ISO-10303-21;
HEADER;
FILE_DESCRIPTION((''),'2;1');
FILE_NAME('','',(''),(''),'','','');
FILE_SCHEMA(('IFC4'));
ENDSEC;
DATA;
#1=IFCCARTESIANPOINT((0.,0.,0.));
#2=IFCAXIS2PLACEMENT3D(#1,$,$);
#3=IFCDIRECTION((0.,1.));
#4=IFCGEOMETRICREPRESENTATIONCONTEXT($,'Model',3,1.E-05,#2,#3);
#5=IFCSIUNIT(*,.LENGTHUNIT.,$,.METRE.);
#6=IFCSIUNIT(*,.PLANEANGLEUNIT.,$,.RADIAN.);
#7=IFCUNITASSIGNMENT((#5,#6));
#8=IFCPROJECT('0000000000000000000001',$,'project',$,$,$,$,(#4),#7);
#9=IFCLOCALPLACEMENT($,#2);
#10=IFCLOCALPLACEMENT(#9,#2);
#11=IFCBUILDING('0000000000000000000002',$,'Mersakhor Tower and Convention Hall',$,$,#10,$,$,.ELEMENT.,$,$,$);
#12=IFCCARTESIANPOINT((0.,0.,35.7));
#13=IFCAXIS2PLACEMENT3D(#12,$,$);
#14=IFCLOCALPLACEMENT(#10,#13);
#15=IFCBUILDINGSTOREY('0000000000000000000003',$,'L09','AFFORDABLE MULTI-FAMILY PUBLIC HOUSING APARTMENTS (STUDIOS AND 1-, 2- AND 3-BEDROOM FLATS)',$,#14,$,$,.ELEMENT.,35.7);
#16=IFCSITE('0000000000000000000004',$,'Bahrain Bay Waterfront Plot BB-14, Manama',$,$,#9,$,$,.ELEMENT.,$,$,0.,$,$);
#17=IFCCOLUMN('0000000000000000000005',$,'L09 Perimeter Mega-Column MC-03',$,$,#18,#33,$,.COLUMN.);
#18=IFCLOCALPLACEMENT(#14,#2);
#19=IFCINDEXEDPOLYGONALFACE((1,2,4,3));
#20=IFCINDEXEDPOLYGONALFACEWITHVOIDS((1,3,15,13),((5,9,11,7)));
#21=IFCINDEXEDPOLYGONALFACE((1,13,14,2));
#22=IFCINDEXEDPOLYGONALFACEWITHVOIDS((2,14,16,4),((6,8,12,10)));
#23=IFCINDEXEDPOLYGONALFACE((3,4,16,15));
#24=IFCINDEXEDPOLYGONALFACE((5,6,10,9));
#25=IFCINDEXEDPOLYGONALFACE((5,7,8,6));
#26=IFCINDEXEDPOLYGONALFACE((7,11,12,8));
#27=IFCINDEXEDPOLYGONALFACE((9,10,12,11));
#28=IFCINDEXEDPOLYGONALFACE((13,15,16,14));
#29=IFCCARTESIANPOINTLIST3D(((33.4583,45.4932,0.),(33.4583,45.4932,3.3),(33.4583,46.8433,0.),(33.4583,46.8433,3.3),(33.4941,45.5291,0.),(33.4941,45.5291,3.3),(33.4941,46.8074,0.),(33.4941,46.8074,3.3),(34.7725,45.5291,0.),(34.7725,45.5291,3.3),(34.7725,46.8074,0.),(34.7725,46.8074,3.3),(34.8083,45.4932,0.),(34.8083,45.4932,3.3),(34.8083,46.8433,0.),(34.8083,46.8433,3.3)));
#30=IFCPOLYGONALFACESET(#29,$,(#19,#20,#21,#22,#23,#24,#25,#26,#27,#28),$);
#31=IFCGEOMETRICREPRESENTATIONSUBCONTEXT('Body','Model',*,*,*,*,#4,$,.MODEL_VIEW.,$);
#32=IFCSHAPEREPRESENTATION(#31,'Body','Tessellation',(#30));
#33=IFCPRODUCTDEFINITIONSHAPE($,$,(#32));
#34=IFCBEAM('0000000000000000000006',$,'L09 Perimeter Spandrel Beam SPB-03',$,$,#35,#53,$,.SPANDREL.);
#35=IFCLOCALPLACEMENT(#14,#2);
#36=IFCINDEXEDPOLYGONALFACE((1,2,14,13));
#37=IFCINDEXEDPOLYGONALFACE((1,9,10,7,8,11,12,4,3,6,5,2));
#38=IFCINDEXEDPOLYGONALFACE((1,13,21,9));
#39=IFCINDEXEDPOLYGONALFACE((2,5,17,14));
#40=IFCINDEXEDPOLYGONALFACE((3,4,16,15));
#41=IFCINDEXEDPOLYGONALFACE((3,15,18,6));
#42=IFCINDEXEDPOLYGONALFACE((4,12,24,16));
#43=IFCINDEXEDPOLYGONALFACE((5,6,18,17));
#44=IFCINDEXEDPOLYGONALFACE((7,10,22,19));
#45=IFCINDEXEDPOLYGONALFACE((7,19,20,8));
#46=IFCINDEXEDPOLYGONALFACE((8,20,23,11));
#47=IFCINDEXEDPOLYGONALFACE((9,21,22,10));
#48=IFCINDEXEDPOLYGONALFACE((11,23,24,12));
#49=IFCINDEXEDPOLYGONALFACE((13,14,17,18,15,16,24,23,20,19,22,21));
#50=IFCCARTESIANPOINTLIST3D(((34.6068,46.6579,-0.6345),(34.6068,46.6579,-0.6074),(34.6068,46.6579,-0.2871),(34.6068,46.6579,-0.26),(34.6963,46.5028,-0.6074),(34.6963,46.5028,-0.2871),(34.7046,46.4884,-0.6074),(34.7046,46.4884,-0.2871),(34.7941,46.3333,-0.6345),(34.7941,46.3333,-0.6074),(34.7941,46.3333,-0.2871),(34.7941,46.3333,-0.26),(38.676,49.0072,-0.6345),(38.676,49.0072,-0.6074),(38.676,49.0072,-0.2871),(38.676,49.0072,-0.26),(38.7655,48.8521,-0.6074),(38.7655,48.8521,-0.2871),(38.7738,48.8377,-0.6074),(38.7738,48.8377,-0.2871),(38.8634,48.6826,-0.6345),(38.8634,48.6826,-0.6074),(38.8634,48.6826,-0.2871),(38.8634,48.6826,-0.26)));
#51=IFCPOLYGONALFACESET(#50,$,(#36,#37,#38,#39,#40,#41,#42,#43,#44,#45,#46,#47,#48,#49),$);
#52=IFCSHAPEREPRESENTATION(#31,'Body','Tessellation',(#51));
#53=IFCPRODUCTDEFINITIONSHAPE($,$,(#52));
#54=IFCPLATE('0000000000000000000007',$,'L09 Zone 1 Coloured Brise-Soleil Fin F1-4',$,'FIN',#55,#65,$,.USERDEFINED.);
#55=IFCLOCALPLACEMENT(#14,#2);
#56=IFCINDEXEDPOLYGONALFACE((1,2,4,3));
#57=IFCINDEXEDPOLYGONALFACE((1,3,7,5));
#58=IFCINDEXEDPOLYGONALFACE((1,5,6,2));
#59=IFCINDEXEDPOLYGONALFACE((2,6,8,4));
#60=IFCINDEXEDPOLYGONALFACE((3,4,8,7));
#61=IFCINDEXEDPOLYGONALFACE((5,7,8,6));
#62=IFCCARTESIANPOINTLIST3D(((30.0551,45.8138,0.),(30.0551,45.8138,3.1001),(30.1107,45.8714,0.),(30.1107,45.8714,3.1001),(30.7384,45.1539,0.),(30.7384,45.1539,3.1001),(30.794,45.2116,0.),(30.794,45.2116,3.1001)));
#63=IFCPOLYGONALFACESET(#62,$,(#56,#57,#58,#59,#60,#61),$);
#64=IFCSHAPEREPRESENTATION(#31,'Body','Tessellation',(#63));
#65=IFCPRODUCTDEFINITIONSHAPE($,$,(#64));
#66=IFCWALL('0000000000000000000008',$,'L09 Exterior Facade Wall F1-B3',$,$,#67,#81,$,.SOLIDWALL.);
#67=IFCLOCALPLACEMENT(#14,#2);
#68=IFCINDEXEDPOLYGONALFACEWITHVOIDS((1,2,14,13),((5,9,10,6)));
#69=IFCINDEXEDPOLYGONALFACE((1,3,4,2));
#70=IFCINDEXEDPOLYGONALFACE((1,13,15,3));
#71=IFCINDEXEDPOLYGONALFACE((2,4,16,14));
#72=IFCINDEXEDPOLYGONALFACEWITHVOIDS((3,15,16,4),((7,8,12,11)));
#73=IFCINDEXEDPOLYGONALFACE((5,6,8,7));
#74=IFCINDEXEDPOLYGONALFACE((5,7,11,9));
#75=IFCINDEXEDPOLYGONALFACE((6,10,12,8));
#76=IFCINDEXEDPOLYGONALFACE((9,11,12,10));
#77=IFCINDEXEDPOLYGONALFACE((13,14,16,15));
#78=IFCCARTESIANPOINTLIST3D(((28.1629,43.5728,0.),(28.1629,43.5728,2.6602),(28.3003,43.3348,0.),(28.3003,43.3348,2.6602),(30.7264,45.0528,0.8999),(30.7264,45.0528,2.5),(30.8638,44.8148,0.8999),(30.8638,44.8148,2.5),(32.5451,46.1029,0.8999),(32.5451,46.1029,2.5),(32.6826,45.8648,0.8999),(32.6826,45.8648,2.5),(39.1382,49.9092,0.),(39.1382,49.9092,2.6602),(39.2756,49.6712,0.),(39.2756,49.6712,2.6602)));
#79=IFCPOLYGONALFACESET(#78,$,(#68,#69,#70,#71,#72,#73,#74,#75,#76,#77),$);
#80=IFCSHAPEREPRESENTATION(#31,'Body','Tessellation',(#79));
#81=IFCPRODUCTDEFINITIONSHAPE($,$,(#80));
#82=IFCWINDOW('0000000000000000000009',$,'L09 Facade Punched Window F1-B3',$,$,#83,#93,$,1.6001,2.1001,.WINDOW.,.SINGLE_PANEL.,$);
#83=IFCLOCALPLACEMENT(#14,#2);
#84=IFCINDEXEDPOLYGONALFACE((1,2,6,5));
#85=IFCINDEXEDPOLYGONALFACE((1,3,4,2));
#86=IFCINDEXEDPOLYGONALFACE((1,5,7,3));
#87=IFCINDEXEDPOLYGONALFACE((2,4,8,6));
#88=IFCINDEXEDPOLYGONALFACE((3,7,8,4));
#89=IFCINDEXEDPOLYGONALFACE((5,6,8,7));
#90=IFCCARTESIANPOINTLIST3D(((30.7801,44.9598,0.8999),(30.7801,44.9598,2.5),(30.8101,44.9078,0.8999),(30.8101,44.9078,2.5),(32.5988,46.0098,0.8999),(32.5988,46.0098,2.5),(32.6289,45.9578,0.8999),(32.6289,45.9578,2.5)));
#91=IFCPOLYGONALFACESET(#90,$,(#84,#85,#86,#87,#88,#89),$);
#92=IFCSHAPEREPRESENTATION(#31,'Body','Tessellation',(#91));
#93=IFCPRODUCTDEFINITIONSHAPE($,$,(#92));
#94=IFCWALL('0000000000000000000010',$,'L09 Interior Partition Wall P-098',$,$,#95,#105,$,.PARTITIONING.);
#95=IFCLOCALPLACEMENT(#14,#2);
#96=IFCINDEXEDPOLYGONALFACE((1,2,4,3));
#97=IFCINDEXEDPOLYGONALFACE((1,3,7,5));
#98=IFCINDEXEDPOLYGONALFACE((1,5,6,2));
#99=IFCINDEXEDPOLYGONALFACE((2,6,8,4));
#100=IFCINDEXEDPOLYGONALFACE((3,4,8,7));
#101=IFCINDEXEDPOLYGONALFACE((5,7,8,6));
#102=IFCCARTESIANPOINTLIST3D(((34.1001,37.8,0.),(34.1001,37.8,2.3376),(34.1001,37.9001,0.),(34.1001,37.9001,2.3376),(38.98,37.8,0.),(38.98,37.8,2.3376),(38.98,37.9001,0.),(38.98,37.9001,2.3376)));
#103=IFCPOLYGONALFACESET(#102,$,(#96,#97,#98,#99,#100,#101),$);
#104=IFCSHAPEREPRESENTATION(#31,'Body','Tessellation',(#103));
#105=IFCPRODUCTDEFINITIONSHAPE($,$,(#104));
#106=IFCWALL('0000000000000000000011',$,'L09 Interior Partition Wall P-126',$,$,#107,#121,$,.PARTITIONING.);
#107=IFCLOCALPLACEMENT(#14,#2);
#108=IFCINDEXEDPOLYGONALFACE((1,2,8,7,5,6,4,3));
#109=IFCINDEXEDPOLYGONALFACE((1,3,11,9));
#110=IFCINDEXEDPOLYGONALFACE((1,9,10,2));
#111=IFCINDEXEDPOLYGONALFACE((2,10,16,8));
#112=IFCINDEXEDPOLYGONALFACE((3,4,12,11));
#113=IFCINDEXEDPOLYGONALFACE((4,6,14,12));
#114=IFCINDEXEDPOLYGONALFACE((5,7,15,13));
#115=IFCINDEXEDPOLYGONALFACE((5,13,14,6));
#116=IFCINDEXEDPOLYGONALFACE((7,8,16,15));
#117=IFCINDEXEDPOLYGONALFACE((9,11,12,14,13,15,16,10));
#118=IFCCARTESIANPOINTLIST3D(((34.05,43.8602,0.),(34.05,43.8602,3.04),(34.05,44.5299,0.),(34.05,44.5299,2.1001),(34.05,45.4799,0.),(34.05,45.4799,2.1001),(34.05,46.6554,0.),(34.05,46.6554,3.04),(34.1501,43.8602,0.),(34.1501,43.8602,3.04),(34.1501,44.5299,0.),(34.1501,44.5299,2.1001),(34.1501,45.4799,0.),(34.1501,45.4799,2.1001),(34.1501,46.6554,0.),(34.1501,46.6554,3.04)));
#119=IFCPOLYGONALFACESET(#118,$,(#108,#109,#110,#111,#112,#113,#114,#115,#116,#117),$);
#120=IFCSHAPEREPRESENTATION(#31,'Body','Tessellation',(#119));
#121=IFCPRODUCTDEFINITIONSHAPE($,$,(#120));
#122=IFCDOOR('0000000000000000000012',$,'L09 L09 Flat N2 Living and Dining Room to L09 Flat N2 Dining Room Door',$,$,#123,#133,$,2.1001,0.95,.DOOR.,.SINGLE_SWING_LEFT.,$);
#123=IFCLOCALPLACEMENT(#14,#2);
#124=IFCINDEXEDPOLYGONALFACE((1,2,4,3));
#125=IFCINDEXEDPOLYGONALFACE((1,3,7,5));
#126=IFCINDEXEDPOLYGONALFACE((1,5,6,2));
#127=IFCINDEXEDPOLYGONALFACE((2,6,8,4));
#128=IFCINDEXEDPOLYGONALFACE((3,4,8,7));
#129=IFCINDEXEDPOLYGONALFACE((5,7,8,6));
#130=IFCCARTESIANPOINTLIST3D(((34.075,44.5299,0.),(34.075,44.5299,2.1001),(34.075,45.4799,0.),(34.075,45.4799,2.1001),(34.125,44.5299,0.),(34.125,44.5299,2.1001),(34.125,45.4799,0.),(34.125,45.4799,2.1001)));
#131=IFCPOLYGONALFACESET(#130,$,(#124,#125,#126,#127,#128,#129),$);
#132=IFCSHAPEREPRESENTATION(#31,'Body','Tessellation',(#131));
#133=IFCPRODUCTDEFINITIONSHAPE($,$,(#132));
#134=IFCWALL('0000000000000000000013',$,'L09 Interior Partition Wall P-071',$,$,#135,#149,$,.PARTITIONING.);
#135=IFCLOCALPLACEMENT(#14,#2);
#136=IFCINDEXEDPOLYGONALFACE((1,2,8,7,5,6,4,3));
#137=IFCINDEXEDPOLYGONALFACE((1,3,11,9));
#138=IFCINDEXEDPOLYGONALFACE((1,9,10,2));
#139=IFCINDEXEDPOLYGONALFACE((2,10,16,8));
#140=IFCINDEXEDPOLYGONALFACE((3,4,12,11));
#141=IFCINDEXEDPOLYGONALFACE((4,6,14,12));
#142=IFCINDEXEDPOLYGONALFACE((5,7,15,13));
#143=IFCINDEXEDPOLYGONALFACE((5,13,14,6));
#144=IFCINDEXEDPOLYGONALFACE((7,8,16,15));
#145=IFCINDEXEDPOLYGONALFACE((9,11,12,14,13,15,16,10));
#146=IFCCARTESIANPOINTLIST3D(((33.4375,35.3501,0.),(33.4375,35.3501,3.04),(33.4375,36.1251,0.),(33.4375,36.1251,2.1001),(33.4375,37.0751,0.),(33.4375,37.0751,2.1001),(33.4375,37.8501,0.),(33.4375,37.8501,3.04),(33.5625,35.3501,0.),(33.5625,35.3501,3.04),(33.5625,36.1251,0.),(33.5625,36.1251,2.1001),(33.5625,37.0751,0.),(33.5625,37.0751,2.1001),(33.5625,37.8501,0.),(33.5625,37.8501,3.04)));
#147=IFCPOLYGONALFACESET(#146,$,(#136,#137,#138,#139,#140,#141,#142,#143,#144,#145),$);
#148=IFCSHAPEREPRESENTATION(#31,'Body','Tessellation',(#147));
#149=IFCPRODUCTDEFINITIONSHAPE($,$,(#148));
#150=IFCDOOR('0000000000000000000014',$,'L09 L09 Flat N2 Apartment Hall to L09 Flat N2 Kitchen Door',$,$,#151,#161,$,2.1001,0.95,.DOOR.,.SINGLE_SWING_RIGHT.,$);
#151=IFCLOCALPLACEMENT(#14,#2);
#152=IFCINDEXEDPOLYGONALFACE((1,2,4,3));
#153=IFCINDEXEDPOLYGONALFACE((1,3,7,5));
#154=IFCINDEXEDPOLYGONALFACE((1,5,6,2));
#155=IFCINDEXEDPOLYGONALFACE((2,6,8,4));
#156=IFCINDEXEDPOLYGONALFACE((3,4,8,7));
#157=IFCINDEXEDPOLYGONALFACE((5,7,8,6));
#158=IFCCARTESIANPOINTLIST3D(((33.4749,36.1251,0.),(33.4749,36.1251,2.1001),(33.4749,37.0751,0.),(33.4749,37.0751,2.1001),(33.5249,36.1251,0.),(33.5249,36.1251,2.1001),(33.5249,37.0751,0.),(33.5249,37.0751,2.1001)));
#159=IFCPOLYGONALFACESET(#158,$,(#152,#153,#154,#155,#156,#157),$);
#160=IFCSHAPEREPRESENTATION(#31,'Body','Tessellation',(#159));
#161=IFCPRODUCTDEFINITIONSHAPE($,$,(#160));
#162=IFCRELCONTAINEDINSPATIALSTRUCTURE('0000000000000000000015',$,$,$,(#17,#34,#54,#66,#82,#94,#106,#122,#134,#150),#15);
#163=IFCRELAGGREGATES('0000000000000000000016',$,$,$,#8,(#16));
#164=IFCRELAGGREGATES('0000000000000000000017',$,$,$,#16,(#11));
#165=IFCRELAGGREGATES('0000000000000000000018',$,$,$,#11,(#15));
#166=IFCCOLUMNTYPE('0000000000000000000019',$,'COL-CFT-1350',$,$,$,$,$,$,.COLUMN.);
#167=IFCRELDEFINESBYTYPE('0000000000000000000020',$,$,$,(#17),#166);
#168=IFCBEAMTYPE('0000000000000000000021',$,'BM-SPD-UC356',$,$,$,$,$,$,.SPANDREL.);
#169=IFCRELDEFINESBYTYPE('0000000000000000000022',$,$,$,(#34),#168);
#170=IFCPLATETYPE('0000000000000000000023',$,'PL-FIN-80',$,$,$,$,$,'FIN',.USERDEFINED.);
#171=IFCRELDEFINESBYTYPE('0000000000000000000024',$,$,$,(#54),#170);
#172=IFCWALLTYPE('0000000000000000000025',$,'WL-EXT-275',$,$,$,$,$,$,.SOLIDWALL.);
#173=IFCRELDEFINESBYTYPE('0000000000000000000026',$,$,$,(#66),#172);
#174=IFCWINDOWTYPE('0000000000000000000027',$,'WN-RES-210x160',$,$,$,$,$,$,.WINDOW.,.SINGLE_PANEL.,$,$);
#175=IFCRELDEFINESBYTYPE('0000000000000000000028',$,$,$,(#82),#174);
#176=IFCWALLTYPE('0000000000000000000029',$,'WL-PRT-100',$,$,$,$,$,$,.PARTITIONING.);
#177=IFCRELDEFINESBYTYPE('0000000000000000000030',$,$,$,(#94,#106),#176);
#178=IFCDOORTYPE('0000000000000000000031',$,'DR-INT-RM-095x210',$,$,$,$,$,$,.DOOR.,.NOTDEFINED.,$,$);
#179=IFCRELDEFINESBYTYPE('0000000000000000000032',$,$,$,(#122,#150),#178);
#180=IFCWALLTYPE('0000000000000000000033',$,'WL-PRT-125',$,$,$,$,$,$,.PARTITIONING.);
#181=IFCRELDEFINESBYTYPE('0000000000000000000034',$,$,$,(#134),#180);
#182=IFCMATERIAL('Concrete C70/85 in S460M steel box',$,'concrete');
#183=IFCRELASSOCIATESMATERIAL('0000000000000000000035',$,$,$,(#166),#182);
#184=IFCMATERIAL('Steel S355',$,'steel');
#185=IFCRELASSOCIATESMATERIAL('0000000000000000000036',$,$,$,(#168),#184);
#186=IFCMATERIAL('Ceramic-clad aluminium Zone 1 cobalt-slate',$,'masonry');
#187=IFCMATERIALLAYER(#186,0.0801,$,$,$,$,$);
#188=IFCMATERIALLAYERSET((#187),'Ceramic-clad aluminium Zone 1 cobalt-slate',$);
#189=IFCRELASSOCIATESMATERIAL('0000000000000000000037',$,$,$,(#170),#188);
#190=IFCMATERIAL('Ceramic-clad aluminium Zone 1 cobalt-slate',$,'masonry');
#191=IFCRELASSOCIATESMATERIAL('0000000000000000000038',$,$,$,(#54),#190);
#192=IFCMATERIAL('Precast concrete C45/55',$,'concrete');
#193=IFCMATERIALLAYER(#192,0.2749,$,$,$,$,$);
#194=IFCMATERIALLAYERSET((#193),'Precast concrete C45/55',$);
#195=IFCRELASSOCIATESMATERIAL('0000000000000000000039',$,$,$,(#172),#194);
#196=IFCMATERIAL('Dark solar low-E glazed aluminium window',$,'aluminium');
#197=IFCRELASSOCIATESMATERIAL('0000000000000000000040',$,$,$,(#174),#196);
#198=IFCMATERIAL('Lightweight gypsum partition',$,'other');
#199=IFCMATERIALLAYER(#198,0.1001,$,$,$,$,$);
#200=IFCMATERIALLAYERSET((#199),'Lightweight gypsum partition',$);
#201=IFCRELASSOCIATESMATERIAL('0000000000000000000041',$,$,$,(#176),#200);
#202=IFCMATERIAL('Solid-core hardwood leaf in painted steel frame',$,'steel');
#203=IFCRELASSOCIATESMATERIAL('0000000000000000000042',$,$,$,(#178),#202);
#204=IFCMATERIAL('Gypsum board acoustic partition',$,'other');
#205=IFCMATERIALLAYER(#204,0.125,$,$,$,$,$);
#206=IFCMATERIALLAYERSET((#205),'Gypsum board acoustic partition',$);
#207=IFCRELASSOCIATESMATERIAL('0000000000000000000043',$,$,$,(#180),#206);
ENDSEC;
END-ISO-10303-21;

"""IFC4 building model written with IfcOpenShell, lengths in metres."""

from ifc_helpers import new_model, si_unit, direction, frame, frame_2d, origin, origin_2d, place, context, subcontext, project, spatial, rectangle, hollow_rectangle, i_section, extrude, material, layer, layer_set, material_profile, profile_set, type_object, element, fill, save


model = new_model("IFC4")

# Units and contexts
model_context = context("Model", 3, precision=1e-05, world=origin(), true_north=direction((0.0, 1.0)))
body_context = subcontext(model_context, "Body", "Model", "MODEL_VIEW")
ifc_project = project(units=[si_unit("LENGTHUNIT", "METRE"), si_unit("PLANEANGLEUNIT", "RADIAN")], contexts=[model_context])

# Site, building, storey
site_placement = place(None, origin())
site = spatial("IfcSite", under=ifc_project, at=site_placement, Name="Bahrain Bay Waterfront Plot BB-14, Manama", CompositionType="ELEMENT", RefElevation=0.0)
building_placement = place(site_placement, origin())
building = spatial("IfcBuilding", under=site, at=building_placement, Name="Mersakhor Tower and Convention Hall", CompositionType="ELEMENT")
storey_placement = place(building_placement, frame((0.0, 0.0, 35.7)))
storey = spatial("IfcBuildingStorey", under=building, at=storey_placement, Name="L09", Description="AFFORDABLE MULTI-FAMILY PUBLIC HOUSING APARTMENTS (STUDIOS AND 1-, 2- AND 3-BEDROOM FLATS)", CompositionType="ELEMENT", Elevation=35.7)

# Column
ifc_material_1 = material(Name="Concrete C70/85 in S460M steel box", Category="concrete")
ifc_material_profile_1 = material_profile(ifc_material_1, hollow_rectangle(XDim=1.3501, YDim=1.3501, WallThickness=0.0359, at=origin_2d()), Name="SHS 1350x1350x36")
ifc_profile_set_1 = profile_set([ifc_material_profile_1], Name="Concrete C70/85 in S460M steel box")
column_type = type_object("IfcColumnType", Name="COL-CFT-1350", PredefinedType="COLUMN", material=ifc_profile_set_1)
column_placement = place(storey_placement, frame((34.1333, 46.1682, 0.0), z_axis=(0.0, 0.0, 1.0), x_axis=(1.0, 0.0, 0.0)))
element("IfcColumn", 1, at=column_placement, inside=storey, type_object=column_type, Name="L09 Perimeter Mega-Column MC-03", PredefinedType="COLUMN", context=body_context, shape_type="SweptSolid", body=[
    extrude(hollow_rectangle(XDim=1.3501, YDim=1.3501, WallThickness=0.0359, at=origin_2d()), origin(), (0.0, 0.0, 1.0), 3.3),
])

# Beam
ifc_material_2 = material(Name="Steel S355", Category="steel")
ifc_material_profile_2 = material_profile(ifc_material_2, i_section(OverallWidth=0.3748, OverallDepth=0.3745, WebThickness=0.0166, FlangeThickness=0.0271, at=origin_2d()), Name="UC 356x368x202")
ifc_profile_set_2 = profile_set([ifc_material_profile_2], Name="Steel S355")
beam_type = type_object("IfcBeamType", Name="BM-SPD-UC356", PredefinedType="SPANDREL", material=ifc_profile_set_2)
beam_placement = place(storey_placement, frame((34.7004, 46.4956, -0.4473), z_axis=(0.866032, 0.499989, 0.0), x_axis=(-0.499989, 0.866032, 0.0)))
element("IfcBeam", 2, at=beam_placement, inside=storey, type_object=beam_type, Name="L09 Perimeter Spandrel Beam SPB-03", PredefinedType="SPANDREL", context=body_context, shape_type="SweptSolid", body=[
    extrude(i_section(OverallWidth=0.3748, OverallDepth=0.3745, WebThickness=0.0166, FlangeThickness=0.0271, at=origin_2d()), origin(), (0.0, 0.0, 1.0), 4.6987),
])

# Plate
ifc_material_3 = material(Name="Ceramic-clad aluminium Zone 1 cobalt-slate", Category="masonry")
ifc_material_4 = material(Name="Ceramic-clad aluminium Zone 1 cobalt-slate", Category="masonry")
ifc_layer_1 = layer(ifc_material_4, 0.0801)
ifc_layer_set_1 = layer_set([ifc_layer_1], Name="Ceramic-clad aluminium Zone 1 cobalt-slate")
plate_type = type_object("IfcPlateType", Name="PL-FIN-80", ElementType="FIN", PredefinedType="USERDEFINED", material=ifc_layer_set_1)
plate_placement = place(storey_placement, frame((30.4246, 45.5127, 0.0), z_axis=(0.0, 0.0, 1.0), x_axis=(-0.71934, 0.694658, 0.0)))
element("IfcPlate", 3, at=plate_placement, inside=storey, type_object=plate_type, material=ifc_material_3, Name="L09 Zone 1 Coloured Brise-Soleil Fin F1-4", ObjectType="FIN", PredefinedType="USERDEFINED", context=body_context, shape_type="SweptSolid", body=[
    extrude(rectangle(XDim=0.95, YDim=0.0801, at=origin_2d()), origin(), (0.0, 0.0, 1.0), 3.1001),
])

# Wall, opening, window
ifc_material_5 = material(Name="Precast concrete C45/55", Category="concrete")
ifc_layer_2 = layer(ifc_material_5, 0.2749)
ifc_layer_set_2 = layer_set([ifc_layer_2], Name="Precast concrete C45/55")
wall_type_1 = type_object("IfcWallType", Name="WL-EXT-275", PredefinedType="SOLIDWALL", material=ifc_layer_set_2)
wall_1_placement = place(storey_placement, frame((28.2317, 43.4539, 0.0), z_axis=(0.0, 0.0, 1.0), x_axis=(0.866032, 0.499989, 0.0)))
wall_1 = element("IfcWall", 4, at=wall_1_placement, inside=storey, type_object=wall_type_1, Name="L09 Exterior Facade Wall F1-B3", PredefinedType="SOLIDWALL", context=body_context, shape_type="SweptSolid", body=[
    extrude(rectangle(XDim=12.6731, YDim=0.2749, at=frame_2d((6.3364, 0.0))), origin(), (0.0, 0.0, 1.0), 2.6602),
])
opening_1_placement = place(wall_1_placement, frame((2.96, 0.0, 0.8999)))
opening_1 = element("IfcOpeningElement", 5, at=opening_1_placement, cuts=wall_1, PredefinedType="OPENING", context=body_context, shape_type="SweptSolid", body=[
    extrude(rectangle(XDim=2.1001, YDim=1.6001, at=frame_2d((1.05, 0.8))), frame((0.0, 0.1475, 0.0), z_axis=(0.0, -1.0, 0.0), x_axis=(1.0, 0.0, 0.0)), (0.0, 0.0, 1.0), 0.2949),
])
ifc_material_6 = material(Name="Dark solar low-E glazed aluminium window", Category="aluminium")
window_type = type_object("IfcWindowType", Name="WN-RES-210x160", PartitioningType="SINGLE_PANEL", PredefinedType="WINDOW", material=ifc_material_6)
window_placement = place(opening_1_placement, origin())
window = element("IfcWindow", 6, at=window_placement, inside=storey, type_object=window_type, Name="L09 Facade Punched Window F1-B3", OverallHeight=1.6001, OverallWidth=2.1001, PartitioningType="SINGLE_PANEL", PredefinedType="WINDOW", context=body_context, shape_type="SweptSolid", body=[
    extrude(rectangle(XDim=2.1001, YDim=1.6001, at=frame_2d((1.05, 0.8))), frame((0.0, 0.03, 0.0), z_axis=(0.0, -1.0, 0.0), x_axis=(1.0, 0.0, 0.0)), (0.0, 0.0, 1.0), 0.0601),
])
fill(opening_1, window)

# Wall
ifc_material_7 = material(Name="Lightweight gypsum partition", Category="other")
ifc_layer_3 = layer(ifc_material_7, 0.1001)
ifc_layer_set_3 = layer_set([ifc_layer_3], Name="Lightweight gypsum partition")
wall_type_2 = type_object("IfcWallType", Name="WL-PRT-100", PredefinedType="PARTITIONING", material=ifc_layer_set_3)
wall_2_placement = place(storey_placement, frame((34.1001, 37.8501, 0.0), z_axis=(0.0, 0.0, 1.0), x_axis=(1.0, 0.0, 0.0)))
element("IfcWall", 7, at=wall_2_placement, inside=storey, type_object=wall_type_2, Name="L09 Interior Partition Wall P-098", PredefinedType="PARTITIONING", context=body_context, shape_type="SweptSolid", body=[
    extrude(rectangle(XDim=4.8799, YDim=0.1001, at=frame_2d((2.4399, 0.0))), origin(), (0.0, 0.0, 1.0), 2.3376),
])

# Walls, openings, doors
wall_3_placement = place(storey_placement, frame((34.1001, 46.6553, 0.0), z_axis=(0.0, 0.0, 1.0), x_axis=(0.0, -1.0, 0.0)))
wall_3 = element("IfcWall", 8, at=wall_3_placement, inside=storey, type_object=wall_type_2, Name="L09 Interior Partition Wall P-126", PredefinedType="PARTITIONING", context=body_context, shape_type="SweptSolid", body=[
    extrude(rectangle(XDim=2.7952, YDim=0.1001, at=frame_2d((1.3975, 0.0))), origin(), (0.0, 0.0, 1.0), 3.04),
])
opening_2_placement = place(wall_3_placement, frame((1.1753, 0.0, 0.0)))
opening_2 = element("IfcOpeningElement", 9, at=opening_2_placement, cuts=wall_3, PredefinedType="OPENING", context=body_context, shape_type="SweptSolid", body=[
    extrude(rectangle(XDim=0.95, YDim=2.1001, at=frame_2d((0.4751, 1.05))), frame((0.0, 0.0601, 0.0), z_axis=(0.0, -1.0, 0.0), x_axis=(1.0, 0.0, 0.0)), (0.0, 0.0, 1.0), 0.1201),
])
ifc_material_8 = material(Name="Solid-core hardwood leaf in painted steel frame", Category="steel")
door_type = type_object("IfcDoorType", Name="DR-INT-RM-095x210", OperationType="NOTDEFINED", PredefinedType="DOOR", material=ifc_material_8)
door_1_placement = place(opening_2_placement, origin())
door_1 = element("IfcDoor", 10, at=door_1_placement, inside=storey, type_object=door_type, Name="L09 L09 Flat N2 Living and Dining Room to L09 Flat N2 Dining Room Door", OperationType="SINGLE_SWING_LEFT", OverallHeight=2.1001, OverallWidth=0.95, PredefinedType="DOOR", context=body_context, shape_type="SweptSolid", body=[
    extrude(rectangle(XDim=0.95, YDim=2.1001, at=frame_2d((0.4751, 1.05))), frame((0.0, 0.0249, 0.0), z_axis=(0.0, -1.0, 0.0), x_axis=(1.0, 0.0, 0.0)), (0.0, 0.0, 1.0), 0.05),
])
fill(opening_2, door_1)
ifc_material_9 = material(Name="Gypsum board acoustic partition", Category="other")
ifc_layer_4 = layer(ifc_material_9, 0.125)
ifc_layer_set_4 = layer_set([ifc_layer_4], Name="Gypsum board acoustic partition")
wall_type_3 = type_object("IfcWallType", Name="WL-PRT-125", PredefinedType="PARTITIONING", material=ifc_layer_set_4)
wall_4_placement = place(storey_placement, frame((33.5, 37.8501, 0.0), z_axis=(0.0, 0.0, 1.0), x_axis=(0.0, -1.0, 0.0)))
wall_4 = element("IfcWall", 11, at=wall_4_placement, inside=storey, type_object=wall_type_3, Name="L09 Interior Partition Wall P-071", PredefinedType="PARTITIONING", context=body_context, shape_type="SweptSolid", body=[
    extrude(rectangle(XDim=2.5, YDim=0.125, at=frame_2d((1.25, 0.0))), origin(), (0.0, 0.0, 1.0), 3.04),
])
opening_3_placement = place(wall_4_placement, frame((0.7749, 0.0, 0.0)))
opening_3 = element("IfcOpeningElement", 12, at=opening_3_placement, cuts=wall_4, PredefinedType="OPENING", context=body_context, shape_type="SweptSolid", body=[
    extrude(rectangle(XDim=0.95, YDim=2.1001, at=frame_2d((0.4751, 1.05))), frame((0.0, 0.0725, 0.0), z_axis=(0.0, -1.0, 0.0), x_axis=(1.0, 0.0, 0.0)), (0.0, 0.0, 1.0), 0.145),
])
door_2_placement = place(opening_3_placement, origin())
door_2 = element("IfcDoor", 13, at=door_2_placement, inside=storey, type_object=door_type, Name="L09 L09 Flat N2 Apartment Hall to L09 Flat N2 Kitchen Door", OperationType="SINGLE_SWING_RIGHT", OverallHeight=2.1001, OverallWidth=0.95, PredefinedType="DOOR", context=body_context, shape_type="SweptSolid", body=[
    extrude(rectangle(XDim=0.95, YDim=2.1001, at=frame_2d((0.4751, 1.05))), frame((0.0, 0.0249, 0.0), z_axis=(0.0, -1.0, 0.0), x_axis=(1.0, 0.0, 0.0)), (0.0, 0.0, 1.0), 0.05),
])
fill(opening_3, door_2)

save(model, "model.ifc")
